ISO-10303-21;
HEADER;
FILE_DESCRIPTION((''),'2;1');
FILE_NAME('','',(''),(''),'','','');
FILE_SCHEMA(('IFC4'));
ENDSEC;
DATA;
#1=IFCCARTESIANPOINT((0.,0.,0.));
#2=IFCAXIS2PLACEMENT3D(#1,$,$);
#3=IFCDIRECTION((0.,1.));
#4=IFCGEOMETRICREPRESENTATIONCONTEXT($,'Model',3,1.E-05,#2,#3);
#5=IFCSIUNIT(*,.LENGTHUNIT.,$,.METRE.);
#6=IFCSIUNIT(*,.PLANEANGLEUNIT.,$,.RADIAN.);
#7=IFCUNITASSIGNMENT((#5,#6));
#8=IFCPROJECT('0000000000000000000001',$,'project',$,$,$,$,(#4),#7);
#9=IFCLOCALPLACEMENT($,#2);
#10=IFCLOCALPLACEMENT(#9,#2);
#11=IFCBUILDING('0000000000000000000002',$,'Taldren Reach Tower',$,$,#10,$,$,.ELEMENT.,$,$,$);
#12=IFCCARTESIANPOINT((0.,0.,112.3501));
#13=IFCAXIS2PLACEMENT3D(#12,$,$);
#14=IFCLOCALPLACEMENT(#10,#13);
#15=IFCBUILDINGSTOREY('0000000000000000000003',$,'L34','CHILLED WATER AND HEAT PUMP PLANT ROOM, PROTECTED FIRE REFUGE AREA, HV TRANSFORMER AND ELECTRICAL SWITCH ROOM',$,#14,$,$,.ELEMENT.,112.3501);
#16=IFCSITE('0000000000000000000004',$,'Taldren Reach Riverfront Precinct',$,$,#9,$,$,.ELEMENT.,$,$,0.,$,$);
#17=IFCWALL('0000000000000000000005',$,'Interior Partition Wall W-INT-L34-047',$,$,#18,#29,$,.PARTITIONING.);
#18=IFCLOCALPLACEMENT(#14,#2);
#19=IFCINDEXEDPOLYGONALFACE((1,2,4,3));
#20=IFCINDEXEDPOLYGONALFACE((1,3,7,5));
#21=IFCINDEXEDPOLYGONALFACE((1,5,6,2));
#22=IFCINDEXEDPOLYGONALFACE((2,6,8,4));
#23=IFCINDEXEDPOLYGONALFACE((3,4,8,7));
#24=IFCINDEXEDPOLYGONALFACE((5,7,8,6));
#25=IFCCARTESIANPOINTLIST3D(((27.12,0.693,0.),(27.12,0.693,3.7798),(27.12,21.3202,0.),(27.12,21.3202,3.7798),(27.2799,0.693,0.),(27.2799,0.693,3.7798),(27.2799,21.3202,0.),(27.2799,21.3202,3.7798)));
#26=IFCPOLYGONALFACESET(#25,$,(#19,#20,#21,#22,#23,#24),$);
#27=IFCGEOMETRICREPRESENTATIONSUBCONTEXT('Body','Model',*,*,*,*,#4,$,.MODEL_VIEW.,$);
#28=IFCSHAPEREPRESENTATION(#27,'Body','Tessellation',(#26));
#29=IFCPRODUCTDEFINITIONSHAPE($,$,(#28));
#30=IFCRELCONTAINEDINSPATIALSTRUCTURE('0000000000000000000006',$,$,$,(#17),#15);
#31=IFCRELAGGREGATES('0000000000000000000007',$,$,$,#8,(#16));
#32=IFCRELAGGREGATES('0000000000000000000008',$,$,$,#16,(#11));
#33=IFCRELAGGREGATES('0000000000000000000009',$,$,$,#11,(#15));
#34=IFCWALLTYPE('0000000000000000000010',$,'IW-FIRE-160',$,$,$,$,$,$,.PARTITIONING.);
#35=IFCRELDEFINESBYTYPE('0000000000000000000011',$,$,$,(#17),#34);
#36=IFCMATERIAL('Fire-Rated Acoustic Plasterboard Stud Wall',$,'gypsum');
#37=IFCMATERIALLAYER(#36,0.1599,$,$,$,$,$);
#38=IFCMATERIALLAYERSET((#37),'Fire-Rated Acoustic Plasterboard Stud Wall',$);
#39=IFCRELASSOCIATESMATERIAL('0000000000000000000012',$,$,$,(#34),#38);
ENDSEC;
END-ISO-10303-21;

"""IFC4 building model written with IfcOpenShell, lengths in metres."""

from ifc_helpers import new_model, si_unit, direction, frame, frame_2d, origin, place, context, subcontext, project, spatial, rectangle, extrude, source, transform, mapped, material, layer, layer_set, type_object, element, save


model = new_model("IFC4")

# Units and contexts
model_context = context("Model", 3, precision=1e-05, world=origin(), true_north=direction((0.0, 1.0)))
body_context = subcontext(model_context, "Body", "Model", "MODEL_VIEW")
ifc_project = project(units=[si_unit("LENGTHUNIT", "METRE"), si_unit("PLANEANGLEUNIT", "RADIAN")], contexts=[model_context])

# Site, building, storey
site_placement = place(None, origin())
site = spatial("IfcSite", under=ifc_project, at=site_placement, Name="Taldren Reach Riverfront Precinct", CompositionType="ELEMENT", RefElevation=0.0)
building_placement = place(site_placement, origin())
building = spatial("IfcBuilding", under=site, at=building_placement, Name="Taldren Reach Tower", CompositionType="ELEMENT")
storey_placement = place(building_placement, frame((0.0, 0.0, 112.3501)))
storey = spatial("IfcBuildingStorey", under=building, at=storey_placement, Name="L34", Description="CHILLED WATER AND HEAT PUMP PLANT ROOM, PROTECTED FIRE REFUGE AREA, HV TRANSFORMER AND ELECTRICAL SWITCH ROOM", CompositionType="ELEMENT", Elevation=112.3501)

# Wall
ifc_material_1 = material(Name="Fire-Rated Acoustic Plasterboard Stud Wall", Category="gypsum")
ifc_layer_1 = layer(ifc_material_1, 0.1599)
ifc_layer_set_1 = layer_set([ifc_layer_1], Name="Fire-Rated Acoustic Plasterboard Stud Wall")
wall_type = type_object("IfcWallType", Name="IW-FIRE-160", PredefinedType="PARTITIONING", material=ifc_layer_set_1)
shared_shape_1 = source(origin(), body_context, "Body", "SweptSolid", [
    extrude(rectangle(XDim=20.6272, YDim=0.1599, at=frame_2d((10.3135, 0.0))), origin(), (0.0, 0.0, 1.0), 3.7798),
])
wall_placement = place(storey_placement, frame((27.2, 21.3201, 0.0), z_axis=(0.0, 0.0, 1.0), x_axis=(0.0, -1.0, 0.0)))
element("IfcWall", 1, at=wall_placement, inside=storey, type_object=wall_type, Name="Interior Partition Wall W-INT-L34-047", PredefinedType="PARTITIONING", context=body_context, shape_type="MappedRepresentation", body=[
    mapped(shared_shape_1, transform((0.0, 0.0, 0.0), scale=1.0)),
])

save(model, "model.ifc")
